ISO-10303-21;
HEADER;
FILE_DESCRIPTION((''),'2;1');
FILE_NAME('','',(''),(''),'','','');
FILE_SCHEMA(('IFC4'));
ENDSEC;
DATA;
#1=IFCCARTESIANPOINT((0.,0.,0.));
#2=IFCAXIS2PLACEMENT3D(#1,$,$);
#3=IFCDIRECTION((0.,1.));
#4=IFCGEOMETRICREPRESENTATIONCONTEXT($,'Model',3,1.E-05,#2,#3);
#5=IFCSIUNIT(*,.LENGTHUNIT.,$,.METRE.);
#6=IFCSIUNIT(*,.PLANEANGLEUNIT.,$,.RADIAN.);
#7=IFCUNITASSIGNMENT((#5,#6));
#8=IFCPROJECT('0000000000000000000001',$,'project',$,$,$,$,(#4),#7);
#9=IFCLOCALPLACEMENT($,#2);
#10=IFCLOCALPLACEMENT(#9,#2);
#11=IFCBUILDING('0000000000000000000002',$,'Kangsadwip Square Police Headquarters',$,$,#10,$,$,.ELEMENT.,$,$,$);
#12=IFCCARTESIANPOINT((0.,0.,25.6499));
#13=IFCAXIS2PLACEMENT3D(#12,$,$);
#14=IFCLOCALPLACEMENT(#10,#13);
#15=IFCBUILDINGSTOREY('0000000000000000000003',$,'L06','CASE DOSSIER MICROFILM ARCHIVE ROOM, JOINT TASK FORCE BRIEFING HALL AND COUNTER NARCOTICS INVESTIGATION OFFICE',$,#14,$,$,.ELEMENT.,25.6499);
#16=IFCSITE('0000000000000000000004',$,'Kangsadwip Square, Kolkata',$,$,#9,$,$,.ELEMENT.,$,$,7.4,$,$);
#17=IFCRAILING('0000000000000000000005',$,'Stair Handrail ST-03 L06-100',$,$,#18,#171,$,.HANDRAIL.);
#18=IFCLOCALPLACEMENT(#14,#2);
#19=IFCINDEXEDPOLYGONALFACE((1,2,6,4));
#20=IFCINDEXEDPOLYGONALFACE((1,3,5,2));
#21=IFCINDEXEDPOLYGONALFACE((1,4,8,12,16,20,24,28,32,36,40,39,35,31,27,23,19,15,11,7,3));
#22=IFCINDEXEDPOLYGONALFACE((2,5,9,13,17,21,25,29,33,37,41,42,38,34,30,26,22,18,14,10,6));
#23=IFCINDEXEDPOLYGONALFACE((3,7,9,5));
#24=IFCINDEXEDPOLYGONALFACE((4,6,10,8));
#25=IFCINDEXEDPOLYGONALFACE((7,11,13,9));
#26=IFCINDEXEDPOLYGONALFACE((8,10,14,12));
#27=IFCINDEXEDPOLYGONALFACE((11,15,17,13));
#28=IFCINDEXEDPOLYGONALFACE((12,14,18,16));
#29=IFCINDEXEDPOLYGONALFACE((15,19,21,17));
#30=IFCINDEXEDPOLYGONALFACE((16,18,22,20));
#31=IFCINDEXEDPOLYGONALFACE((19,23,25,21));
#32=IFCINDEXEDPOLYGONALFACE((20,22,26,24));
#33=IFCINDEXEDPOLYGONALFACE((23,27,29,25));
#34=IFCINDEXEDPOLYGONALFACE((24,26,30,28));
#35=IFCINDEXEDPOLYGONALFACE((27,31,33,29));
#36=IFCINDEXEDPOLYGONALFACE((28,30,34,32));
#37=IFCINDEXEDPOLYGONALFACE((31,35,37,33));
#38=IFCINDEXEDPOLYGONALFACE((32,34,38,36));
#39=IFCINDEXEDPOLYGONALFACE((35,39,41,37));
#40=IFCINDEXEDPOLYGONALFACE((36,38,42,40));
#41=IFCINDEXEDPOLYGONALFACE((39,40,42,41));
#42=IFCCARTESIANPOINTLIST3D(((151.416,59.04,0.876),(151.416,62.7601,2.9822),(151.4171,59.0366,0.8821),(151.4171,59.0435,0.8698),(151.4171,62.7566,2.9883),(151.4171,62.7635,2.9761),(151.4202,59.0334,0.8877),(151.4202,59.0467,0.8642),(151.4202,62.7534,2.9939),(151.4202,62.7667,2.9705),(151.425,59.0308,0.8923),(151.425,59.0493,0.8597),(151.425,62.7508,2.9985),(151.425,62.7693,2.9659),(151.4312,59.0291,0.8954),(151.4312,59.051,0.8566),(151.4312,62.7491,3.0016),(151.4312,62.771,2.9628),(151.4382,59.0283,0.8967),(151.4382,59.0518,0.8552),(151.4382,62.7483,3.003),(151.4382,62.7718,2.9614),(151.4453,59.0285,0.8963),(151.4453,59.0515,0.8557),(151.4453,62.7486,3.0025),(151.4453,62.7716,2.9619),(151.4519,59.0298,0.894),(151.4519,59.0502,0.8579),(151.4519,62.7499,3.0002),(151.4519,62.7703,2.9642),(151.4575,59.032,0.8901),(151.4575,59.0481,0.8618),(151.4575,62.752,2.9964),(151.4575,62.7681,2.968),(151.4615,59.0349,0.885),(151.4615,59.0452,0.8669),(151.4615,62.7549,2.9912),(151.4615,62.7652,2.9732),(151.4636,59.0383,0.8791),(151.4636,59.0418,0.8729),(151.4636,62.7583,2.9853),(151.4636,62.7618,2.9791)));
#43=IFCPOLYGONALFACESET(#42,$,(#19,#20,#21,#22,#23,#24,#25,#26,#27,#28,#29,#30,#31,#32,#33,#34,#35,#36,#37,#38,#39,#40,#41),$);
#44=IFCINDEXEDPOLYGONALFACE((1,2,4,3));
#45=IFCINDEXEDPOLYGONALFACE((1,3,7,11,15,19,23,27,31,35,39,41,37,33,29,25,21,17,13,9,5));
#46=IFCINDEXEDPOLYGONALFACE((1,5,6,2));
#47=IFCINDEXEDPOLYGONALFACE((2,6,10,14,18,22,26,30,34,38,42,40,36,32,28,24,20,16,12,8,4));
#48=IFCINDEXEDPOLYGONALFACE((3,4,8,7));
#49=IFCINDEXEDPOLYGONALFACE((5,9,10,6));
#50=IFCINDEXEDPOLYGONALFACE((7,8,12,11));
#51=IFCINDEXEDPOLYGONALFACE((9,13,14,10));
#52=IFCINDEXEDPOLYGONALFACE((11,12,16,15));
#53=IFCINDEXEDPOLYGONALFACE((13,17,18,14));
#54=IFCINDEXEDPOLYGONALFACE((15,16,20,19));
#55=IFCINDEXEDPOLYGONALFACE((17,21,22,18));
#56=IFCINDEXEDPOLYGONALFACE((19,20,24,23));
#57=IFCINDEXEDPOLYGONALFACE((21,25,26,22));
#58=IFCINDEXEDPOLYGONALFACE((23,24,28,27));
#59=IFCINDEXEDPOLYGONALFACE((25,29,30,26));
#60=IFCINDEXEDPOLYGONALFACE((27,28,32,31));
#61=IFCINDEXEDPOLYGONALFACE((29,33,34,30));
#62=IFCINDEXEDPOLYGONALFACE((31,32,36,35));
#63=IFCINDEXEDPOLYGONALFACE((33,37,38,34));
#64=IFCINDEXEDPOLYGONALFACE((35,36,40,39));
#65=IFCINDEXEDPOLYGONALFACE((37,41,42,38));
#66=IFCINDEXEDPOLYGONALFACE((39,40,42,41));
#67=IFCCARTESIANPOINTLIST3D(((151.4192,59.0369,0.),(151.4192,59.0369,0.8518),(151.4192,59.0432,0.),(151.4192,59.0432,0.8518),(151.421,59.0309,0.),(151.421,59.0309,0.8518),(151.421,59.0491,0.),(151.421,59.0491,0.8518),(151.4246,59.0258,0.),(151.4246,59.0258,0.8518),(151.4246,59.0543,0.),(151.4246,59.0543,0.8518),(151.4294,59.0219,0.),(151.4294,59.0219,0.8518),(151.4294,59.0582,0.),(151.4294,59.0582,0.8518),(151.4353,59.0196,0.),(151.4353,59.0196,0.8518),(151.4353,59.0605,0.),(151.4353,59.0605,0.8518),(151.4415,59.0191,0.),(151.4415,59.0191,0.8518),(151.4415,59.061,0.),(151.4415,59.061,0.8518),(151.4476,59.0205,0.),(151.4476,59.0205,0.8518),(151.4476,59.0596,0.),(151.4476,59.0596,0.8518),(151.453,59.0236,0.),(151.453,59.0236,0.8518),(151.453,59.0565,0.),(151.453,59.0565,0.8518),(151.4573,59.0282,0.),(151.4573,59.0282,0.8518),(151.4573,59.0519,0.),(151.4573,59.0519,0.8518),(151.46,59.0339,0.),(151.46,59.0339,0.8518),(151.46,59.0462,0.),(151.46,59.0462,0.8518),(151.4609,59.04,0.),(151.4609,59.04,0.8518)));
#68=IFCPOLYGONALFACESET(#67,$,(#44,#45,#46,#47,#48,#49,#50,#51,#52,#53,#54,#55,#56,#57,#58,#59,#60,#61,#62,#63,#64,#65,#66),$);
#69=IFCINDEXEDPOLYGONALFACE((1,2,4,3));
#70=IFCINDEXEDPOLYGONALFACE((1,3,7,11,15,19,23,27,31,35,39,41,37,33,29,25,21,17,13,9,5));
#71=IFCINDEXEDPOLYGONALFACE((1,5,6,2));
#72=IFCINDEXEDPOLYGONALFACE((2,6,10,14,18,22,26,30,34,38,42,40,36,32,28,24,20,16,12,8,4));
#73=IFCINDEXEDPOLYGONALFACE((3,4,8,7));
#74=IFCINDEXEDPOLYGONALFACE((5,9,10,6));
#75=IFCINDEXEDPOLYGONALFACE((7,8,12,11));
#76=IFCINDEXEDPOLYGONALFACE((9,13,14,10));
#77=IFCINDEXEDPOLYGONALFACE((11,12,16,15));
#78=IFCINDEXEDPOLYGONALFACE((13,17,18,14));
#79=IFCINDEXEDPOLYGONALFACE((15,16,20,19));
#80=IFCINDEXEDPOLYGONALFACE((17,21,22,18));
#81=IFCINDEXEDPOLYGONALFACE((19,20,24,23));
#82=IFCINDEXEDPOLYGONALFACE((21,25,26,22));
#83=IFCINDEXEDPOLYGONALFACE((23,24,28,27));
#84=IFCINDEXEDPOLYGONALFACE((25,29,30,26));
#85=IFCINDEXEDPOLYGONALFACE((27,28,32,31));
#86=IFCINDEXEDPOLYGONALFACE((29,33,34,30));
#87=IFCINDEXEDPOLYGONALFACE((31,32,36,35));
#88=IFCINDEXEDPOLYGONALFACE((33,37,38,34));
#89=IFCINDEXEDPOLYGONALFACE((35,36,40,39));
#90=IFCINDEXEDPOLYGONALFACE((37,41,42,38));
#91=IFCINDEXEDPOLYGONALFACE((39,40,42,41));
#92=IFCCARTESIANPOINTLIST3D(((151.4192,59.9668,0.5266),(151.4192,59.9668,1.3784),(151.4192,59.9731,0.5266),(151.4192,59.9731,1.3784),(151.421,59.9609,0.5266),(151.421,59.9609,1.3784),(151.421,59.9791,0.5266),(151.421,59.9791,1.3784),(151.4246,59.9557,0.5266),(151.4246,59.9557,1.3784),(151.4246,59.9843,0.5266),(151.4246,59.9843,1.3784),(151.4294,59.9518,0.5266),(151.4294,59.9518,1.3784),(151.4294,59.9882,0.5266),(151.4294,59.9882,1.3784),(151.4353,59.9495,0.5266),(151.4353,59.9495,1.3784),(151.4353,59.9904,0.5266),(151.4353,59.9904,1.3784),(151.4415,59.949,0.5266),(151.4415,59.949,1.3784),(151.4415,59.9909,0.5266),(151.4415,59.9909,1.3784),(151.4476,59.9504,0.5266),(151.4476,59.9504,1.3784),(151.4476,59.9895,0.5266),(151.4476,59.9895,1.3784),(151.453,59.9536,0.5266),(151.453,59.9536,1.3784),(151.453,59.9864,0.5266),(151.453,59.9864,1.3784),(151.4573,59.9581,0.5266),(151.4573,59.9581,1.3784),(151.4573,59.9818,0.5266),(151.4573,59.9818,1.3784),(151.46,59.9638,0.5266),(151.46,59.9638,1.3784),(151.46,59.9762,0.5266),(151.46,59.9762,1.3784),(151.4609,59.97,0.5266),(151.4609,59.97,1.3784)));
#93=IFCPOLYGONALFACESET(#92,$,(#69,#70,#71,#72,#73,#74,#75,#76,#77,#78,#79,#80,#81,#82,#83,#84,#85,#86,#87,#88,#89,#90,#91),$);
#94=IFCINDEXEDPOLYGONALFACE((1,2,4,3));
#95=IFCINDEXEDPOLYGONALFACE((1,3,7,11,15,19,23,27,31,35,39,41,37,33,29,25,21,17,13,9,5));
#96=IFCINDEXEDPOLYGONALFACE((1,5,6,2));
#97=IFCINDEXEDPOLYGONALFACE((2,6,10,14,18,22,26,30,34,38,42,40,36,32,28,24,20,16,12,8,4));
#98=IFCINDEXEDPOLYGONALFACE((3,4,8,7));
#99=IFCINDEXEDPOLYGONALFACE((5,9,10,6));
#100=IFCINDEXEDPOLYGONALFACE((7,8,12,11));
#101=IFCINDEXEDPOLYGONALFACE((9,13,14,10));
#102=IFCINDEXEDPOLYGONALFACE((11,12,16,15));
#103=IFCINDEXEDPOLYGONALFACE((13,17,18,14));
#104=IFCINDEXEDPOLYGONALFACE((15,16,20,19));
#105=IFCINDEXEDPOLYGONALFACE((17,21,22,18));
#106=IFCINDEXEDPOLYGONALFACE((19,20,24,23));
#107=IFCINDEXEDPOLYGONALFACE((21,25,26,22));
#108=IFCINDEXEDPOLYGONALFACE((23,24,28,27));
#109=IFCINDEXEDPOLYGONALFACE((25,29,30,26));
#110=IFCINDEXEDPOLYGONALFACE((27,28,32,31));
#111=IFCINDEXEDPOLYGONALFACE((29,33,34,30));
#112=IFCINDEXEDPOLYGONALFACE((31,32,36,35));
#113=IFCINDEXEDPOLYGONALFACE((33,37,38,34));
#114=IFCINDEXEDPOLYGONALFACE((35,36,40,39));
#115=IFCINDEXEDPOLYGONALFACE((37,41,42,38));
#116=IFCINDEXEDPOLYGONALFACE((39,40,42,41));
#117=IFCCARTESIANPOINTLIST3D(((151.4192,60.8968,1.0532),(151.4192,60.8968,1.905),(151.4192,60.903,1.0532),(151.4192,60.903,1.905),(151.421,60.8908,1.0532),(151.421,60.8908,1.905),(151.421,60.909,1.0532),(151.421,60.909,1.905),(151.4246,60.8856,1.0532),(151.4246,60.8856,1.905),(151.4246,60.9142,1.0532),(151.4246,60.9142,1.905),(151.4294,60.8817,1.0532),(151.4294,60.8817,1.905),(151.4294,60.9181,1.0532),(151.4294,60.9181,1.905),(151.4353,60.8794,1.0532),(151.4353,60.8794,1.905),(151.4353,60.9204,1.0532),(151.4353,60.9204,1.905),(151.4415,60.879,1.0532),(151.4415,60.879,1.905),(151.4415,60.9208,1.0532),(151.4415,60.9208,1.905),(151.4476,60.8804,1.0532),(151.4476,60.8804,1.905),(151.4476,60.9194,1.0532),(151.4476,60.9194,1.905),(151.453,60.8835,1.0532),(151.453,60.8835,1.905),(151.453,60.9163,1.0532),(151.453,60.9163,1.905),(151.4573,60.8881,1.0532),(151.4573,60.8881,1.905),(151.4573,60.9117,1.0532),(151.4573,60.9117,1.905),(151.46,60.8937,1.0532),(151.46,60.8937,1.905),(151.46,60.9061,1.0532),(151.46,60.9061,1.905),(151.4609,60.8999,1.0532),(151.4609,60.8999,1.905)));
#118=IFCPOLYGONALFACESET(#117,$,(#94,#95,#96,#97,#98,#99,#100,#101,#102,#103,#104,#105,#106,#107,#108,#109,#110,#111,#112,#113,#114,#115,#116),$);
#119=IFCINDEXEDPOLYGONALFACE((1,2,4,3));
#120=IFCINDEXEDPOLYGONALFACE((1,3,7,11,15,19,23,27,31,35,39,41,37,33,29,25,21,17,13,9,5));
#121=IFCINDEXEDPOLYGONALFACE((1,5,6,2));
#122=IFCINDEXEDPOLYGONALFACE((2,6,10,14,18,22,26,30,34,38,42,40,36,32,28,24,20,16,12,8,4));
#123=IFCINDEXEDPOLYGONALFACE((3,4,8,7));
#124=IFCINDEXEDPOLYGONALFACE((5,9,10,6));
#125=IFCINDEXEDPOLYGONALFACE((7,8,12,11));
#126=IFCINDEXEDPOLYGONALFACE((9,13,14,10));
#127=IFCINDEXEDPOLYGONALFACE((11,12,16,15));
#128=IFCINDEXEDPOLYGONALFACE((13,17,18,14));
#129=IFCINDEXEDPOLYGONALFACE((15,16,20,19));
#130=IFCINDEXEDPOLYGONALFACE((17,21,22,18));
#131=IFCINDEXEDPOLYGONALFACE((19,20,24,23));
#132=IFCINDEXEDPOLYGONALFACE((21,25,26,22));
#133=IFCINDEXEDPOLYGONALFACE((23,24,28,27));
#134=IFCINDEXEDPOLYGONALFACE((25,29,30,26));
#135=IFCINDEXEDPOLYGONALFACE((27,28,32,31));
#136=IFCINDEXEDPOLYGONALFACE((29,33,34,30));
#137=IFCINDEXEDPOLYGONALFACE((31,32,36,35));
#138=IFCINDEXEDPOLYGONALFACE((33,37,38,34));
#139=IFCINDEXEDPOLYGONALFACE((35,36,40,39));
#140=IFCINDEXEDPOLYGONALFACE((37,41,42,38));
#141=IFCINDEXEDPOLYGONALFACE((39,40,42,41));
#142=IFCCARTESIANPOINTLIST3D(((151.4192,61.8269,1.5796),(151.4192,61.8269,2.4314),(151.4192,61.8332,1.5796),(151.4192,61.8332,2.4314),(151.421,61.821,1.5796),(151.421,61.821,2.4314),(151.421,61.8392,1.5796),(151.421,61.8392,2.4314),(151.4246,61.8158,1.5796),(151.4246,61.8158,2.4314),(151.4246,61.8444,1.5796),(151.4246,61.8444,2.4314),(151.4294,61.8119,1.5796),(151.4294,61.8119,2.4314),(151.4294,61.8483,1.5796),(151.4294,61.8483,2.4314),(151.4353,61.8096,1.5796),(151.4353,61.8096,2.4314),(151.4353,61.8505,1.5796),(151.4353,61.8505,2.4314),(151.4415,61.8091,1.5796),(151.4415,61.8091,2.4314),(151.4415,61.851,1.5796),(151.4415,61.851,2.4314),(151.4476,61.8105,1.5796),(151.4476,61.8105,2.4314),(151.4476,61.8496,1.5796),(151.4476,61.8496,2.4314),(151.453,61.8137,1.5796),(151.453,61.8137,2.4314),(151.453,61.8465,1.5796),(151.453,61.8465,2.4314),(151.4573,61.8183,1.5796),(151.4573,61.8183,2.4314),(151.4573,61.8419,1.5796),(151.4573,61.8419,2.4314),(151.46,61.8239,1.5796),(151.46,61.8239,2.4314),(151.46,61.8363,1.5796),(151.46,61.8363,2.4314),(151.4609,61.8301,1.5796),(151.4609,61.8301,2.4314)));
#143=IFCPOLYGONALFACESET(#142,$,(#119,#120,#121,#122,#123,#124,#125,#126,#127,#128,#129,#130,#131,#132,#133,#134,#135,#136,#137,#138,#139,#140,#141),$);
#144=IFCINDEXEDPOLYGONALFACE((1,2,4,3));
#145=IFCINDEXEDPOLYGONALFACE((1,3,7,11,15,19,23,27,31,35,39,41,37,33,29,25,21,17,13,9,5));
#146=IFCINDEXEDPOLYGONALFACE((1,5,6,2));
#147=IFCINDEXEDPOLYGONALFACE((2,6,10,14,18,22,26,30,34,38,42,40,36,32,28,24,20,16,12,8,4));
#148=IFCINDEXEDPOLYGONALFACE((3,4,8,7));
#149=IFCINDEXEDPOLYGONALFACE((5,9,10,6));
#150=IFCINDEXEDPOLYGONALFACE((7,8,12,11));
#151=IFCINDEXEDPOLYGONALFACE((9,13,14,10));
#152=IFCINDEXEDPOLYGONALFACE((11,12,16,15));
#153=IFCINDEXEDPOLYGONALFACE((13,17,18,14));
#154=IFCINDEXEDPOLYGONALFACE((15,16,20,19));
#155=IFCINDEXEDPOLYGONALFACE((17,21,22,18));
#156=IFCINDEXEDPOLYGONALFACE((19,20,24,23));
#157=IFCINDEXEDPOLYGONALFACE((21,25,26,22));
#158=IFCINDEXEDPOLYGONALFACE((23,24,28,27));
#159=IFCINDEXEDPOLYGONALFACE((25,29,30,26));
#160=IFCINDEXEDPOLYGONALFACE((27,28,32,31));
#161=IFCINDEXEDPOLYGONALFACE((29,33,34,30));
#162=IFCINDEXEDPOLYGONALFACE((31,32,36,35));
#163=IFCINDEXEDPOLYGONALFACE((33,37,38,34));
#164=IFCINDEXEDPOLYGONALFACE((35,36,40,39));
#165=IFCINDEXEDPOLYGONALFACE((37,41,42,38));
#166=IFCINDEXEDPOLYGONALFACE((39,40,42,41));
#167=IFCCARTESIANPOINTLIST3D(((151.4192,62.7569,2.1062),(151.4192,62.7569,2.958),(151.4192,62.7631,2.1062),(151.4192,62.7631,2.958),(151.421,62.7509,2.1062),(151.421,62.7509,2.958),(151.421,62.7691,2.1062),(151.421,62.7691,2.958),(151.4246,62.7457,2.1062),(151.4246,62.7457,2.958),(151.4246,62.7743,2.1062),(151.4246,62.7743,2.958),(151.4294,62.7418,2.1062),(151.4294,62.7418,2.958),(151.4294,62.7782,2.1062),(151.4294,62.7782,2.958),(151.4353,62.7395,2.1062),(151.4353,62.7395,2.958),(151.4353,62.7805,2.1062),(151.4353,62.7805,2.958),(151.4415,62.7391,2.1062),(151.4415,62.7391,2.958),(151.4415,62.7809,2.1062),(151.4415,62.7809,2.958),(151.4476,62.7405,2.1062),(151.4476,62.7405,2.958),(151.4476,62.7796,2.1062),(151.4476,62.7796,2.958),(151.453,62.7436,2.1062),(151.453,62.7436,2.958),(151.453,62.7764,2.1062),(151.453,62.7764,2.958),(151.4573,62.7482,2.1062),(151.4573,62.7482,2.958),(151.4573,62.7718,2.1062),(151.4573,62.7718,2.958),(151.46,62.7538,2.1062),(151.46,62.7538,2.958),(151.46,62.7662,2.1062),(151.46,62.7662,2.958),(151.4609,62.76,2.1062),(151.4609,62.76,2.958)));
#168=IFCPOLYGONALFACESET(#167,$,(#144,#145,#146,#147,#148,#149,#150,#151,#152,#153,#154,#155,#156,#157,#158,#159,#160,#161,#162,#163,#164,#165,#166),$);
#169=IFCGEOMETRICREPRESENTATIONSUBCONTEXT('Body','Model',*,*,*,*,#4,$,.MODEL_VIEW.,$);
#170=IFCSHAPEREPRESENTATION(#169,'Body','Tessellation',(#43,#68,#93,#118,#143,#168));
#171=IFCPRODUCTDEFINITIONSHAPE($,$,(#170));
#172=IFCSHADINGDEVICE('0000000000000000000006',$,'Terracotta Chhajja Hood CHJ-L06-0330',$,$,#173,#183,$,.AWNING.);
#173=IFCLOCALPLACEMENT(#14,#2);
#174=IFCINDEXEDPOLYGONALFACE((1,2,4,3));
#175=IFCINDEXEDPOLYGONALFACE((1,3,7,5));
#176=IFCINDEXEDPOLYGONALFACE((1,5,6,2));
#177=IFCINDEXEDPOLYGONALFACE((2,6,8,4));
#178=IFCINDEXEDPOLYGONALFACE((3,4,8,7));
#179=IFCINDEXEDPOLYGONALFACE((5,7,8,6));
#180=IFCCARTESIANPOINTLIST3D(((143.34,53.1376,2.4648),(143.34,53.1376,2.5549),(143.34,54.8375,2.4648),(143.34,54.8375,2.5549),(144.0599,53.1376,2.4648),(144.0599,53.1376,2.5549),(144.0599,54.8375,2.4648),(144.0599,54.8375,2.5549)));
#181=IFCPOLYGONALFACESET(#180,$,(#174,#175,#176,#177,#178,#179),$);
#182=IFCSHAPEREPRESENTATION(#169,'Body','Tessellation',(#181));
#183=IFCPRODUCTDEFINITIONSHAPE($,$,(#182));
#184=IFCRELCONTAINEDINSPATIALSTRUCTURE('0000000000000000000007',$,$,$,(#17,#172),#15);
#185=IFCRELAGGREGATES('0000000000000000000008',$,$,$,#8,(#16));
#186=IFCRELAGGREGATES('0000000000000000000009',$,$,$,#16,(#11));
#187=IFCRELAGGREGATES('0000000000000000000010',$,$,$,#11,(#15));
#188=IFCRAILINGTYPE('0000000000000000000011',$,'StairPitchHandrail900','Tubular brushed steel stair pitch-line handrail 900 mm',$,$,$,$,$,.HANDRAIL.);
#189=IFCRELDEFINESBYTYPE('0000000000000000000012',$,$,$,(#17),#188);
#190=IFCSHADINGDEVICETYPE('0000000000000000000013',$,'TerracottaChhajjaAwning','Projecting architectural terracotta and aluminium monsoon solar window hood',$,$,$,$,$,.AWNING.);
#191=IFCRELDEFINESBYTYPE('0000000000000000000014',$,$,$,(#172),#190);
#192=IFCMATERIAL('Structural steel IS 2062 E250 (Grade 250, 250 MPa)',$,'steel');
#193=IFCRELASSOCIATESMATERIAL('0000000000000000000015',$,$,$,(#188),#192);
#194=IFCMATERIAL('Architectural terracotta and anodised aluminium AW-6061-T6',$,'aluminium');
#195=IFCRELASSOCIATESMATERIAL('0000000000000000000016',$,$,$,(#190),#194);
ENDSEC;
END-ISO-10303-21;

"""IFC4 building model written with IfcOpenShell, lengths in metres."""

from ifc_helpers import new_model, si_unit, direction, frame, origin, origin_2d, place, context, subcontext, project, spatial, rectangle, circle, extrude, material, type_object, element, save


model = new_model("IFC4")

# Units and contexts
model_context = context("Model", 3, precision=1e-05, world=origin(), true_north=direction((0.0, 1.0)))
body_context = subcontext(model_context, "Body", "Model", "MODEL_VIEW")
ifc_project = project(units=[si_unit("LENGTHUNIT", "METRE"), si_unit("PLANEANGLEUNIT", "RADIAN")], contexts=[model_context])

# Site, building, storey
site_placement = place(None, origin())
site = spatial("IfcSite", under=ifc_project, at=site_placement, Name="Kangsadwip Square, Kolkata", CompositionType="ELEMENT", RefElevation=7.4)
building_placement = place(site_placement, origin())
building = spatial("IfcBuilding", under=site, at=building_placement, Name="Kangsadwip Square Police Headquarters", CompositionType="ELEMENT")
storey_placement = place(building_placement, frame((0.0, 0.0, 25.6499)))
storey = spatial("IfcBuildingStorey", under=building, at=storey_placement, Name="L06", Description="CASE DOSSIER MICROFILM ARCHIVE ROOM, JOINT TASK FORCE BRIEFING HALL AND COUNTER NARCOTICS INVESTIGATION OFFICE", CompositionType="ELEMENT", Elevation=25.6499)

# Railing
ifc_material_1 = material(Name="Structural steel IS 2062 E250 (Grade 250, 250 MPa)", Category="steel")
railing_type = type_object("IfcRailingType", Name="StairPitchHandrail900", Description="Tubular brushed steel stair pitch-line handrail 900 mm", PredefinedType="HANDRAIL", material=ifc_material_1)
railing_placement = place(storey_placement, frame((151.4399, 59.04, 0.0)))
element("IfcRailing", 1, at=railing_placement, inside=storey, type_object=railing_type, Name="Stair Handrail ST-03 L06-100", PredefinedType="HANDRAIL", context=body_context, shape_type="SweptSolid", body=[
    extrude(circle(Radius=0.0239, at=origin_2d()), frame((0.0, 0.0, 0.876), z_axis=(0.0, 0.870201, 0.492697), x_axis=(-1.0, 0.0, 0.0)), (0.0, 0.0, 1.0), 4.2749),
    extrude(circle(Radius=0.021, at=origin_2d()), origin(), (0.0, 0.0, 1.0), 0.8518),
    extrude(circle(Radius=0.021, at=origin_2d()), frame((0.0, 0.9299, 0.5266)), (0.0, 0.0, 1.0), 0.8518),
    extrude(circle(Radius=0.021, at=origin_2d()), frame((0.0, 1.8599, 1.0532)), (0.0, 0.0, 1.0), 0.8518),
    extrude(circle(Radius=0.021, at=origin_2d()), frame((0.0, 2.79, 1.5796)), (0.0, 0.0, 1.0), 0.8518),
    extrude(circle(Radius=0.021, at=origin_2d()), frame((0.0, 3.72, 2.1062)), (0.0, 0.0, 1.0), 0.8518),
])

# Shading device
ifc_material_2 = material(Name="Architectural terracotta and anodised aluminium AW-6061-T6", Category="aluminium")
shading_device_type = type_object("IfcShadingDeviceType", Name="TerracottaChhajjaAwning", Description="Projecting architectural terracotta and aluminium monsoon solar window hood", PredefinedType="AWNING", material=ifc_material_2)
shading_device_placement = place(storey_placement, frame((143.7, 53.9875, 2.4648), z_axis=(0.0, 0.0, 1.0), x_axis=(0.0, 1.0, 0.0)))
element("IfcShadingDevice", 2, at=shading_device_placement, inside=storey, type_object=shading_device_type, Name="Terracotta Chhajja Hood CHJ-L06-0330", PredefinedType="AWNING", context=body_context, shape_type="SweptSolid", body=[
    extrude(rectangle(XDim=1.7, YDim=0.72, at=origin_2d()), origin(), (0.0, 0.0, 1.0), 0.0901),
])

save(model, "model.ifc")
